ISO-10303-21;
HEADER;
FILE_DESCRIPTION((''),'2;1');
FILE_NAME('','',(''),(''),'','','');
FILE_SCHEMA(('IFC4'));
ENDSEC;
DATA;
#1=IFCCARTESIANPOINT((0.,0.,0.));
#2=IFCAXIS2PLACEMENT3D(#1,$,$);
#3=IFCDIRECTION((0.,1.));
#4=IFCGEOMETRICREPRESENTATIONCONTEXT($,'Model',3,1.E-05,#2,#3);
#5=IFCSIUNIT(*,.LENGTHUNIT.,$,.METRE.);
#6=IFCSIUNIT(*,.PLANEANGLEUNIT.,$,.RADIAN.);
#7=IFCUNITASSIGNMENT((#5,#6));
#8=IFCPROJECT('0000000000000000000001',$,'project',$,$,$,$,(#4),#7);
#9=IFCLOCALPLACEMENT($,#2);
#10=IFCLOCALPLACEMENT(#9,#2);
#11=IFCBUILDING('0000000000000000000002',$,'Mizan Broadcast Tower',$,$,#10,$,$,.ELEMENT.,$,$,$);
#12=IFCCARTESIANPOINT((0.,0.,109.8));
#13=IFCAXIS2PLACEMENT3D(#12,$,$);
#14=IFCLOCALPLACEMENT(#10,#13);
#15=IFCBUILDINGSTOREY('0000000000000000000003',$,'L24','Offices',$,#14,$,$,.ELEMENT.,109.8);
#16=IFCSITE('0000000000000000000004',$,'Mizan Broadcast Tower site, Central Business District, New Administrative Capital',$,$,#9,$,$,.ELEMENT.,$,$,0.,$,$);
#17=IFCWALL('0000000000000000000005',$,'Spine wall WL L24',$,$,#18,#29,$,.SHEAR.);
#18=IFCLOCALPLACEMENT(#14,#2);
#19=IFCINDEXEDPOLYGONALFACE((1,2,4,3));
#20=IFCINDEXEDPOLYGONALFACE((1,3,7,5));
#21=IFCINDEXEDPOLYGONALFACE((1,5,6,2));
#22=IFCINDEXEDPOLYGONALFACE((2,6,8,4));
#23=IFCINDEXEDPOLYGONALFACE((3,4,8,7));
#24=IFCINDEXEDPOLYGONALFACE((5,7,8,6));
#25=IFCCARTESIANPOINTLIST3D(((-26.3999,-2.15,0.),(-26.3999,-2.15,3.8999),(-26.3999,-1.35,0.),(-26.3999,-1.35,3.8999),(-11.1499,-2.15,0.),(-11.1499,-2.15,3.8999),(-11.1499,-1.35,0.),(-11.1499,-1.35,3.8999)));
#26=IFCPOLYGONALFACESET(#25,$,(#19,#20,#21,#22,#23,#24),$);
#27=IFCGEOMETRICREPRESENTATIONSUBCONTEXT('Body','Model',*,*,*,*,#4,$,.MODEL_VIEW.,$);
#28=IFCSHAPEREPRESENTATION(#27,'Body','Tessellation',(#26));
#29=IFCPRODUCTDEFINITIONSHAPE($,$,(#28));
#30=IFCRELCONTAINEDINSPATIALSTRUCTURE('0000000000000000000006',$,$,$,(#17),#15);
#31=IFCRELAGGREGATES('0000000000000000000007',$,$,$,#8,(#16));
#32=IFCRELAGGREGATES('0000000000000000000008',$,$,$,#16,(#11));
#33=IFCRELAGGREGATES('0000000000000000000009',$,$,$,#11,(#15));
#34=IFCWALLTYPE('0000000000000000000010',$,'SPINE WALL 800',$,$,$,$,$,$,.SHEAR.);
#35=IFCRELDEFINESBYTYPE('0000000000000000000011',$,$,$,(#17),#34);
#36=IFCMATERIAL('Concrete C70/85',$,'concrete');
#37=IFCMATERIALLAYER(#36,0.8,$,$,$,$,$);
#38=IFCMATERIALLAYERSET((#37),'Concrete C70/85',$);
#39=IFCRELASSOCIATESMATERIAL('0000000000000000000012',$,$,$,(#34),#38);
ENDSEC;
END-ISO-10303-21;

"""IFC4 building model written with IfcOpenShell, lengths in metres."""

from ifc_helpers import new_model, si_unit, direction, frame, frame_2d, origin, place, context, subcontext, project, spatial, rectangle, extrude, material, layer, layer_set, type_object, element, save


model = new_model("IFC4")

# Units and contexts
model_context = context("Model", 3, precision=1e-05, world=origin(), true_north=direction((0.0, 1.0)))
body_context = subcontext(model_context, "Body", "Model", "MODEL_VIEW")
ifc_project = project(units=[si_unit("LENGTHUNIT", "METRE"), si_unit("PLANEANGLEUNIT", "RADIAN")], contexts=[model_context])

# Site, building, storey
site_placement = place(None, origin())
site = spatial("IfcSite", under=ifc_project, at=site_placement, Name="Mizan Broadcast Tower site, Central Business District, New Administrative Capital", CompositionType="ELEMENT", RefElevation=0.0)
building_placement = place(site_placement, origin())
building = spatial("IfcBuilding", under=site, at=building_placement, Name="Mizan Broadcast Tower", CompositionType="ELEMENT")
storey_placement = place(building_placement, frame((0.0, 0.0, 109.8)))
storey = spatial("IfcBuildingStorey", under=building, at=storey_placement, Name="L24", Description="Offices", CompositionType="ELEMENT", Elevation=109.8)

# Wall
ifc_material_1 = material(Name="Concrete C70/85", Category="concrete")
ifc_layer_1 = layer(ifc_material_1, 0.8)
ifc_layer_set_1 = layer_set([ifc_layer_1], Name="Concrete C70/85")
wall_type_1 = type_object("IfcWallType", Name="SPINE WALL 800", PredefinedType="SHEAR", material=ifc_layer_set_1)
wall_1_placement = place(storey_placement, frame((-11.1499, -1.75, 0.0), z_axis=(0.0, 0.0, 1.0), x_axis=(-1.0, 0.0, 0.0)))
element("IfcWall", 1, at=wall_1_placement, inside=storey, type_object=wall_type_1, Name="Spine wall WL L24", PredefinedType="SHEAR", context=body_context, shape_type="SweptSolid", body=[
    extrude(rectangle(XDim=15.25, YDim=0.8, at=frame_2d((7.625, 0.0))), origin(), (0.0, 0.0, 1.0), 3.8999),
])

save(model, "model.ifc")
